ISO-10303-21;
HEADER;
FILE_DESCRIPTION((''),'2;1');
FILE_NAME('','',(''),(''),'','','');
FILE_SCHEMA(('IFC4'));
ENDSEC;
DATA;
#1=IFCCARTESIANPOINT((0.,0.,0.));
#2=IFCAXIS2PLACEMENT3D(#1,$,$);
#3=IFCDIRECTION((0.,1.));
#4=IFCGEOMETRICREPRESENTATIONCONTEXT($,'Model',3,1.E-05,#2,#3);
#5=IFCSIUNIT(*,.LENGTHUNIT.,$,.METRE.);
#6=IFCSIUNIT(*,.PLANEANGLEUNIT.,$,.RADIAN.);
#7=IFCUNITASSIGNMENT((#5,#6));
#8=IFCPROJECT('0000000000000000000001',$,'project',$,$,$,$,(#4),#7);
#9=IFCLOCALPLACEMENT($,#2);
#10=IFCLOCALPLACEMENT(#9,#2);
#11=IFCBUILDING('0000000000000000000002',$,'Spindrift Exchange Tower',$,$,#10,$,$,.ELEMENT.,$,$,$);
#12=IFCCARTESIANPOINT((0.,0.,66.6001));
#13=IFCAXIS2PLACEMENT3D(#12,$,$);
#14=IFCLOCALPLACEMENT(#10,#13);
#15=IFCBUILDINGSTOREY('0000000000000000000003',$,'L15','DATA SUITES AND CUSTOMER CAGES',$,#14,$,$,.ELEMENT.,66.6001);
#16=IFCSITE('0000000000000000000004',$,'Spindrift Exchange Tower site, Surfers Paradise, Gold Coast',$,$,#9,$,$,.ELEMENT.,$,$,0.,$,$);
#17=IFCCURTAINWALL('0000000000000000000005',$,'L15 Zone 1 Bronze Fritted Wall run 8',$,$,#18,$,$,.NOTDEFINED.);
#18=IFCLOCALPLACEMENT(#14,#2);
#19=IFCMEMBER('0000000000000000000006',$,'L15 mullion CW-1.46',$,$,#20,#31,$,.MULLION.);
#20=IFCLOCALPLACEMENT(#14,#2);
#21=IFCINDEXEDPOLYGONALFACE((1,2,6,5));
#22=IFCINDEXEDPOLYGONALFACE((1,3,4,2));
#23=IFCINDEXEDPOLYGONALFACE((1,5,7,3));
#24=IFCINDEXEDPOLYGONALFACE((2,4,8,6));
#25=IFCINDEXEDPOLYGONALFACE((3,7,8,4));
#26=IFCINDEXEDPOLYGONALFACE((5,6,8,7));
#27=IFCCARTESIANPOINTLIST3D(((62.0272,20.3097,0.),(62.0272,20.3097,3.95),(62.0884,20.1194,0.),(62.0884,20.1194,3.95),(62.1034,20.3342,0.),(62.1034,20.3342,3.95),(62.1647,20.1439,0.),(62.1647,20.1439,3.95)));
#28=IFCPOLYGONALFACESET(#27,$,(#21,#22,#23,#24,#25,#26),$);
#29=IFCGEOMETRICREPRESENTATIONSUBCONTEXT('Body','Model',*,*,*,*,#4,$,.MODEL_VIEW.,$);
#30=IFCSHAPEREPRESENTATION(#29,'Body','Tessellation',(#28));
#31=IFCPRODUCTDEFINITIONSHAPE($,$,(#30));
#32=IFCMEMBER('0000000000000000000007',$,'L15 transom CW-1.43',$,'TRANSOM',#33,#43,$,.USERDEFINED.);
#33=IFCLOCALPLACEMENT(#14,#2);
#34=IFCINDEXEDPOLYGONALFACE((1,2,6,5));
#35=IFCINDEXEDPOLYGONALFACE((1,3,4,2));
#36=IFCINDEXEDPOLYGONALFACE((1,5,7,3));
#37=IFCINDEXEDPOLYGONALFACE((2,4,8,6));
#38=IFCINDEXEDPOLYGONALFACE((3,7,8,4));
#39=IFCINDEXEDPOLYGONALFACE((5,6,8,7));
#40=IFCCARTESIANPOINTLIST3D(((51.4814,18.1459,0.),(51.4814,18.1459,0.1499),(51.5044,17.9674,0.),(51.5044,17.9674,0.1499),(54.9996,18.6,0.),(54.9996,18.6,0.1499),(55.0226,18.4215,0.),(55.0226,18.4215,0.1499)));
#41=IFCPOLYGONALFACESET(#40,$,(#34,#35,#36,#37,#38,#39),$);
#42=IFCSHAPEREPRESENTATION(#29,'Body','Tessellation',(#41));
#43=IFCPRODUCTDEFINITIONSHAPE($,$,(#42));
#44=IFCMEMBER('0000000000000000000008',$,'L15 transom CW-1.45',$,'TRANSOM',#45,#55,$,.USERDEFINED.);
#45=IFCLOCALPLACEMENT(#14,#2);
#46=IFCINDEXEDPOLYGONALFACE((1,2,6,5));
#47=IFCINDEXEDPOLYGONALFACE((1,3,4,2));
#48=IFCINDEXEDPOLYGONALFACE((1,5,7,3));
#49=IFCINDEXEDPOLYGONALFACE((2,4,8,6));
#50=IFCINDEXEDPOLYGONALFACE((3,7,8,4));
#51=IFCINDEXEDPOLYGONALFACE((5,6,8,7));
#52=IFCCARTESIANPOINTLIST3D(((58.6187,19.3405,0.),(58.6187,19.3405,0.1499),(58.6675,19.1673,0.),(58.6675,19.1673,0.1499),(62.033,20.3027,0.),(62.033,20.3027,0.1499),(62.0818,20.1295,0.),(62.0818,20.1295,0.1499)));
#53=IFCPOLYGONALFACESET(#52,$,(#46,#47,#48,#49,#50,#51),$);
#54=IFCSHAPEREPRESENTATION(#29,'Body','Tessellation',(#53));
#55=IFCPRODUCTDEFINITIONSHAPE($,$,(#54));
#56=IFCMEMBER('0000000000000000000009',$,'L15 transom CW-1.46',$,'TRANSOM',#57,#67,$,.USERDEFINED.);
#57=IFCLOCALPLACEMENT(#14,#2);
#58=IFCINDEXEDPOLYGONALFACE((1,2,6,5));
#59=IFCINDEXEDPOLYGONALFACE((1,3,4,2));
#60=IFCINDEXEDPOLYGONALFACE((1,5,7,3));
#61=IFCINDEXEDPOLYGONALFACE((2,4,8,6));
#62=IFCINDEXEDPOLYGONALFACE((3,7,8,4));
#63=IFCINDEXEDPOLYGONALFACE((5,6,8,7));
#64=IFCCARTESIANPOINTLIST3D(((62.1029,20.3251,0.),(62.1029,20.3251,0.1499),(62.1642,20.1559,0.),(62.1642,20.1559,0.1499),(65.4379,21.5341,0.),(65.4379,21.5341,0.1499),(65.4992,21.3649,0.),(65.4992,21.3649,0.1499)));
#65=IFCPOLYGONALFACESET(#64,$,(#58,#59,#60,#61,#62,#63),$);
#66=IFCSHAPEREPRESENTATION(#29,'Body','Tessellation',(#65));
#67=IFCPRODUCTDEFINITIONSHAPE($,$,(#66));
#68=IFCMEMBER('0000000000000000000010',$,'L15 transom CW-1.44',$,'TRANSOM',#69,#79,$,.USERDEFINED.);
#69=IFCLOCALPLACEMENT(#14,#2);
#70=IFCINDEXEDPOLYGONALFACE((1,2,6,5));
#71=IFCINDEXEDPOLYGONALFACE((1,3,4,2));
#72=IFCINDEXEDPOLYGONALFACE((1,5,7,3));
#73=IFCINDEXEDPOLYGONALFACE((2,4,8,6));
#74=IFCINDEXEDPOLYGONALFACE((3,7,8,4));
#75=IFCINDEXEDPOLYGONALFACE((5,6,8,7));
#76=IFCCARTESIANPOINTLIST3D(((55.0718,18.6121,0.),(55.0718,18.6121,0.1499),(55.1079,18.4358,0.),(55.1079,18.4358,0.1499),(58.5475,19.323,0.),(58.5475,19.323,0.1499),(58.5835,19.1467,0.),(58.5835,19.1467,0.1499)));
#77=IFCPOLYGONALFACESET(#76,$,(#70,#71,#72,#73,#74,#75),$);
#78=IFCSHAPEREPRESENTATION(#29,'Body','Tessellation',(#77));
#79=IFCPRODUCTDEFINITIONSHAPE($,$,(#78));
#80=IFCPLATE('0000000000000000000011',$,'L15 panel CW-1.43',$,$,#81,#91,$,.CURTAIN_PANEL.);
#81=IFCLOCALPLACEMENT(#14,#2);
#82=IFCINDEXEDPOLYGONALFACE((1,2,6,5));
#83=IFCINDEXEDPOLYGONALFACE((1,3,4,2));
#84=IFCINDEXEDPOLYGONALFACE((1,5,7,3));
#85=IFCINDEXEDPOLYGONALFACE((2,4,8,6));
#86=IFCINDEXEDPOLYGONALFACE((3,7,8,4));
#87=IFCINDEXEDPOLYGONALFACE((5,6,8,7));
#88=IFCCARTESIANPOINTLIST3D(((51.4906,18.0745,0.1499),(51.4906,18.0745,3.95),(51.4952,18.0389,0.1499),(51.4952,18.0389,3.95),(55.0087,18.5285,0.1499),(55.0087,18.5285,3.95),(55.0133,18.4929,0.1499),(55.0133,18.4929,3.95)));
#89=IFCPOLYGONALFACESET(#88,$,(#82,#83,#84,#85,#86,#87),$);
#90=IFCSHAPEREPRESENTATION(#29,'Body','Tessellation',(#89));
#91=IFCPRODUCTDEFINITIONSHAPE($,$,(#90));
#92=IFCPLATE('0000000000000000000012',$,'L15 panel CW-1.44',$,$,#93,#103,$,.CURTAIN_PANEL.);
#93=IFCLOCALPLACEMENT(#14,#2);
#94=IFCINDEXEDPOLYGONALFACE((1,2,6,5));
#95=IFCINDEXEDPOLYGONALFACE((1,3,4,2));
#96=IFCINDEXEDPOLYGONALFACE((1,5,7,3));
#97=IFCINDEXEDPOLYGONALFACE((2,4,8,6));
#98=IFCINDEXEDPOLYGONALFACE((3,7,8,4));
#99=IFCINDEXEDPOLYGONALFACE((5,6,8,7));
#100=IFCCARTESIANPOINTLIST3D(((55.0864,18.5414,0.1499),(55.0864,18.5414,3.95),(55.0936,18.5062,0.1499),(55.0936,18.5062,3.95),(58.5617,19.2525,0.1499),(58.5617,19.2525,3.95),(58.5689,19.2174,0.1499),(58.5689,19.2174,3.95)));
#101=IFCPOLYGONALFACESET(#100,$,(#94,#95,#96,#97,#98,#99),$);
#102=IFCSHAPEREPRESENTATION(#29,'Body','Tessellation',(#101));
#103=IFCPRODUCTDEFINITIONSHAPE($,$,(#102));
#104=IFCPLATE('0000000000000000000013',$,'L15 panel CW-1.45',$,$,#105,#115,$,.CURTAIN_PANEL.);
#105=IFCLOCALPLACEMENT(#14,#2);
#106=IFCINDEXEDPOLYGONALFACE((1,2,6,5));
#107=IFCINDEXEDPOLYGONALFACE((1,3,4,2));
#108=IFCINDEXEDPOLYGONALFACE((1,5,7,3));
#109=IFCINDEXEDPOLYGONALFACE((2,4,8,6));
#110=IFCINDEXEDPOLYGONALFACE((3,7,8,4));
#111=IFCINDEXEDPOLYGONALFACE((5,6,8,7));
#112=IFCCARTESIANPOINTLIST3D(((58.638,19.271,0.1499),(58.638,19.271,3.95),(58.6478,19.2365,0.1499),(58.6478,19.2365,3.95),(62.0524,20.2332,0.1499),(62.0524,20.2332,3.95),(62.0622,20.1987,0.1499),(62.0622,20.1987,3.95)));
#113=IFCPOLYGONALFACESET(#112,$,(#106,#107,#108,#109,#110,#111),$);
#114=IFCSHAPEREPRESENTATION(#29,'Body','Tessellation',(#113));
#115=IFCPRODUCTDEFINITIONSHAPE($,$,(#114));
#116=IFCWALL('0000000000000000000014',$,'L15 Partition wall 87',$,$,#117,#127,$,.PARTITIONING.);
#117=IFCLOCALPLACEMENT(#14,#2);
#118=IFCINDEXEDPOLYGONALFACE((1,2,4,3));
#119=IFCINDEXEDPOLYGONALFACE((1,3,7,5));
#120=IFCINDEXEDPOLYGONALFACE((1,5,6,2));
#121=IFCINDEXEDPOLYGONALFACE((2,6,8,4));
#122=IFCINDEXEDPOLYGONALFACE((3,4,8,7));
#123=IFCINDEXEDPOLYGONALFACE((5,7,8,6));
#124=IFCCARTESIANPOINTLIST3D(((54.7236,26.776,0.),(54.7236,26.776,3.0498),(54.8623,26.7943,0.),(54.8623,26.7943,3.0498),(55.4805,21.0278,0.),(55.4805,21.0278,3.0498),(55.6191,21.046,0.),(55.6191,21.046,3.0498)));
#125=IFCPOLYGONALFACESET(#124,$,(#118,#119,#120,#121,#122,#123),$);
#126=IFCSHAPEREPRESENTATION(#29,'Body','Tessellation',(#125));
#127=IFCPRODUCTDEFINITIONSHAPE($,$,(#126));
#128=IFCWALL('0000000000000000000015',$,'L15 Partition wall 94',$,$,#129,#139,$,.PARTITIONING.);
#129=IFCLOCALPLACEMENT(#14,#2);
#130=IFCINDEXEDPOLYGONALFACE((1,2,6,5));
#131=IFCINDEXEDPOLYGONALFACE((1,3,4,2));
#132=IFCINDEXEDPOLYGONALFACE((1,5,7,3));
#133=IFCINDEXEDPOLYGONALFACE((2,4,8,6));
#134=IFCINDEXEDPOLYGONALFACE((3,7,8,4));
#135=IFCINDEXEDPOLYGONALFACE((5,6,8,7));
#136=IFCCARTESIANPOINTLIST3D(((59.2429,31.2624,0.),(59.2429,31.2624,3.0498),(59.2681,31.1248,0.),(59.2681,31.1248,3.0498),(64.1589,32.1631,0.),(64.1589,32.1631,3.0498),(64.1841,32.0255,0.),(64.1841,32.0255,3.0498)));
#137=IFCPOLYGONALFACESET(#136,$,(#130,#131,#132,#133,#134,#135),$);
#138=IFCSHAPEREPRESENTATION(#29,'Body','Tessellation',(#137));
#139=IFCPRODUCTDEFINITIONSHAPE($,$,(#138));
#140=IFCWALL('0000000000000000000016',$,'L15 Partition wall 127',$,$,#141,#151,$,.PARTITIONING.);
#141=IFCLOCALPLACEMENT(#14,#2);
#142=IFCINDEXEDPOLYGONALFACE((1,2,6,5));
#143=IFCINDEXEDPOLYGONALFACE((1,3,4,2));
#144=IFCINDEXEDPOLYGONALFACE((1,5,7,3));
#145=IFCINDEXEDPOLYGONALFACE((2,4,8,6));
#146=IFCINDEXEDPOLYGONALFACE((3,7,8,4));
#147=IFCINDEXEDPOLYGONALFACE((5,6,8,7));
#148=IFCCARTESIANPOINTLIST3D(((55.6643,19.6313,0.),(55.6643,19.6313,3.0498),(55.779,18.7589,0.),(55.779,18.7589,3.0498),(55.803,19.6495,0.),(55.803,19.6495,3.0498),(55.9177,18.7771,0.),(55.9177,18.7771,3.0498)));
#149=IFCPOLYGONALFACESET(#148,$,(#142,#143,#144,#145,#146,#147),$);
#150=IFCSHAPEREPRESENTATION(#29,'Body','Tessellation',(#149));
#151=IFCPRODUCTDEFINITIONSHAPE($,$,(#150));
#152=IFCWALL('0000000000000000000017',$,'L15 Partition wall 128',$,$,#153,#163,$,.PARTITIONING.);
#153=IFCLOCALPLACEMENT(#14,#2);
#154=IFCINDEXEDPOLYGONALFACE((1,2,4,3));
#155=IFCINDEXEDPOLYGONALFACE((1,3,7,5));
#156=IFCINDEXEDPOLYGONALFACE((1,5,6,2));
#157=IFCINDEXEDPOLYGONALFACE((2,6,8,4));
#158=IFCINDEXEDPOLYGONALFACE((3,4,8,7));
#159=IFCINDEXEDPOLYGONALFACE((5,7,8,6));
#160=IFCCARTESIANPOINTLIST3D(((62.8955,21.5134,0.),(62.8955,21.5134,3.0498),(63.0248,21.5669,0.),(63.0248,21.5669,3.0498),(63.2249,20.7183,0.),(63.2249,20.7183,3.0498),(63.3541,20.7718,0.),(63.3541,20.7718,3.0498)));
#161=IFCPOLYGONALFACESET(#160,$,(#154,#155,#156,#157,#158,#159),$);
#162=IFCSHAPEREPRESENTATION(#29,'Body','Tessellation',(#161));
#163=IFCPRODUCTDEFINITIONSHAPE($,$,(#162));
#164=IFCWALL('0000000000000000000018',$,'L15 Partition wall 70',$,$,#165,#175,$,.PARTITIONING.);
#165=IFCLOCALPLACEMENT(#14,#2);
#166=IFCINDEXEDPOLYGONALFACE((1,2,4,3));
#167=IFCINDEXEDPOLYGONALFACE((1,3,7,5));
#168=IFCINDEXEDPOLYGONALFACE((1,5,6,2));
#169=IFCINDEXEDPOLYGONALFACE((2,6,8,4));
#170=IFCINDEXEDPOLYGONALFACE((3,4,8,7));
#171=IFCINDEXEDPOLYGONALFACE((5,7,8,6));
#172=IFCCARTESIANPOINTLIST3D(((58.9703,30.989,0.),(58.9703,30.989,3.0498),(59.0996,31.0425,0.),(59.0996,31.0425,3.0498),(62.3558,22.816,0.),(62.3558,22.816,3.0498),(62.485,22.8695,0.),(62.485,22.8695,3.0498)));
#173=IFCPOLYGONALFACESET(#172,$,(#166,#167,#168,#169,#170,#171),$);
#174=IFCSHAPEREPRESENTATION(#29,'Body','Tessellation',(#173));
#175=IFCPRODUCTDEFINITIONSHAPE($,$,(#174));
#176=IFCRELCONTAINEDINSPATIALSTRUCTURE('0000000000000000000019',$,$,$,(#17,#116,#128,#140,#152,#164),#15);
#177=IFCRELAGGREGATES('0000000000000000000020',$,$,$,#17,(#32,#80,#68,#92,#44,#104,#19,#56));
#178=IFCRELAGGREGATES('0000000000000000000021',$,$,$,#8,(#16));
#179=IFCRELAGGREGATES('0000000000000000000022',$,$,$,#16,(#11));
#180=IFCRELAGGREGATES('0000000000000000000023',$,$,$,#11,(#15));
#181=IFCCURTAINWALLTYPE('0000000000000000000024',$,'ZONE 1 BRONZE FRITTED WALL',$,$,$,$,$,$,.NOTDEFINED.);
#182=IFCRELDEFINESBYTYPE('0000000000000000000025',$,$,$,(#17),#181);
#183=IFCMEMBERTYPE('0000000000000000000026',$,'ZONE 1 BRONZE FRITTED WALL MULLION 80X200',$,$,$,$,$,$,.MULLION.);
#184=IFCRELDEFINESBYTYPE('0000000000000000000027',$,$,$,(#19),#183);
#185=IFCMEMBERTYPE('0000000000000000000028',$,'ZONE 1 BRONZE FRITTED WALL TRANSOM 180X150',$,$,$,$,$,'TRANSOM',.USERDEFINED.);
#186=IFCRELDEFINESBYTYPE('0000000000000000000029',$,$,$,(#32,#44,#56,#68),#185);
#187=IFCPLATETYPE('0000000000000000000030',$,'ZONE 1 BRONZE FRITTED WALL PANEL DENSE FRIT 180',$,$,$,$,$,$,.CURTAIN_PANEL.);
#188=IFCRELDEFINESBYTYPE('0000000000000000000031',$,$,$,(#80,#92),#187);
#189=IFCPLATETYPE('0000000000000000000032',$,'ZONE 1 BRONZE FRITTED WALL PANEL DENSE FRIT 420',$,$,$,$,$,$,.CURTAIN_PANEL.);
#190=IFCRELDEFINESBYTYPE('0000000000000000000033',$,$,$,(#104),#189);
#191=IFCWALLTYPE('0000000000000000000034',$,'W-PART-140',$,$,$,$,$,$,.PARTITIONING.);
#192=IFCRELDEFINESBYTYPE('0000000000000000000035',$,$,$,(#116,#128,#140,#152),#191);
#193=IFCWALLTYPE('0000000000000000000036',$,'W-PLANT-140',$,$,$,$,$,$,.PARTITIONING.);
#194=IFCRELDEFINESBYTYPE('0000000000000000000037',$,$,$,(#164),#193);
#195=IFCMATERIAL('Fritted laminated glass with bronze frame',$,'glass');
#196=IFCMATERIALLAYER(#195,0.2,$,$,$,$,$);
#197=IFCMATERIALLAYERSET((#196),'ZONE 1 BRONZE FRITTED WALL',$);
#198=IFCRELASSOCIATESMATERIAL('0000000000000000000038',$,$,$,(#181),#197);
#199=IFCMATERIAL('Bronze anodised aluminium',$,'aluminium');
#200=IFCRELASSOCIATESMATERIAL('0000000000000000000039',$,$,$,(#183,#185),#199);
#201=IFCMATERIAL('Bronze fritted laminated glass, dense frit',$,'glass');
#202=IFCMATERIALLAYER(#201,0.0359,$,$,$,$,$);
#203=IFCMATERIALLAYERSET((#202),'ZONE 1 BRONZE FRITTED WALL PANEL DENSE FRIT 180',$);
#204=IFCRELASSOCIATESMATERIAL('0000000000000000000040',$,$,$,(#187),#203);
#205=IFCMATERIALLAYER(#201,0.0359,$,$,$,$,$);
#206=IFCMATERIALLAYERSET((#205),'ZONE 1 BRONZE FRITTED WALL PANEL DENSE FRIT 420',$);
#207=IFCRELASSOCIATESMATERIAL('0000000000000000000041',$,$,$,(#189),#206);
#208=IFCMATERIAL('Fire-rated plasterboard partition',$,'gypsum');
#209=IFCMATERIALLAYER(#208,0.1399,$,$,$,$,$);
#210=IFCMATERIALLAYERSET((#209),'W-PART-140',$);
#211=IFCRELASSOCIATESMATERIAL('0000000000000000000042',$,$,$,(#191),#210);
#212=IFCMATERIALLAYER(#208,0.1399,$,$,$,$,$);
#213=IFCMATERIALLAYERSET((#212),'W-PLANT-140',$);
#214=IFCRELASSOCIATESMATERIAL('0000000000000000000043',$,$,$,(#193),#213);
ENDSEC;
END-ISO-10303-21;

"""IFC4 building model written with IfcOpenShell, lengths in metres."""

from ifc_helpers import new_model, si_unit, direction, frame, frame_2d, origin, origin_2d, place, context, subcontext, project, spatial, rectangle, extrude, source, transform, mapped, material, layer, layer_set, material_profile, profile_set, type_object, element, aggregate, save


model = new_model("IFC4")

# Units and contexts
model_context = context("Model", 3, precision=1e-05, world=origin(), true_north=direction((0.0, 1.0)))
body_context = subcontext(model_context, "Body", "Model", "MODEL_VIEW")
ifc_project = project(units=[si_unit("LENGTHUNIT", "METRE"), si_unit("PLANEANGLEUNIT", "RADIAN")], contexts=[model_context])

# Site, building, storey
site_placement = place(None, origin())
site = spatial("IfcSite", under=ifc_project, at=site_placement, Name="Spindrift Exchange Tower site, Surfers Paradise, Gold Coast", CompositionType="ELEMENT", RefElevation=0.0)
building_placement = place(site_placement, origin())
building = spatial("IfcBuilding", under=site, at=building_placement, Name="Spindrift Exchange Tower", CompositionType="ELEMENT")
storey_placement = place(building_placement, frame((0.0, 0.0, 66.6001)))
storey = spatial("IfcBuildingStorey", under=building, at=storey_placement, Name="L15", Description="DATA SUITES AND CUSTOMER CAGES", CompositionType="ELEMENT", Elevation=66.6001)

# Curtain wall, members, plates
ifc_material_1 = material(Name="Fritted laminated glass with bronze frame", Category="glass")
ifc_layer_1 = layer(ifc_material_1, 0.2)
ifc_layer_set_1 = layer_set([ifc_layer_1], Name="ZONE 1 BRONZE FRITTED WALL")
curtain_wall_type = type_object("IfcCurtainWallType", Name="ZONE 1 BRONZE FRITTED WALL", PredefinedType="NOTDEFINED", material=ifc_layer_set_1)
curtain_wall_placement = place(storey_placement, origin())
curtain_wall = element("IfcCurtainWall", 1, at=curtain_wall_placement, inside=storey, type_object=curtain_wall_type, Name="L15 Zone 1 Bronze Fritted Wall run 8", PredefinedType="NOTDEFINED")
ifc_material_2 = material(Name="Bronze anodised aluminium", Category="aluminium")
ifc_material_profile_1 = material_profile(ifc_material_2, rectangle(XDim=0.0801, YDim=0.2, at=origin_2d()), Name="ZONE 1 BRONZE FRITTED WALL MULLION 80X200")
ifc_profile_set_1 = profile_set([ifc_material_profile_1], Name="Bronze anodised aluminium")
member_type_1 = type_object("IfcMemberType", Name="ZONE 1 BRONZE FRITTED WALL MULLION 80X200", PredefinedType="MULLION", material=ifc_profile_set_1)
shared_shape_1 = source(origin(), body_context, "Body", "SweptSolid", [
    extrude(rectangle(XDim=0.0801, YDim=0.2, at=origin_2d()), origin(), (0.0, 0.0, 1.0), 3.95),
])
member_1_placement = place(storey_placement, frame((62.0959, 20.2268, 0.0), z_axis=(0.0, 0.0, 1.0), x_axis=(0.951956, 0.306233, 0.0)))
member_1 = element("IfcMember", 2, at=member_1_placement, type_object=member_type_1, Name="L15 mullion CW-1.46", PredefinedType="MULLION", context=body_context, shape_type="MappedRepresentation", body=[
    mapped(shared_shape_1, transform((0.0, 0.0, 0.0), scale=1.0)),
])
ifc_material_profile_2 = material_profile(ifc_material_2, rectangle(XDim=0.1799, YDim=0.1499, at=origin_2d()), Name="ZONE 1 BRONZE FRITTED WALL TRANSOM 180X150")
ifc_profile_set_2 = profile_set([ifc_material_profile_2], Name="Bronze anodised aluminium")
member_type_2 = type_object("IfcMemberType", Name="ZONE 1 BRONZE FRITTED WALL TRANSOM 180X150", ElementType="TRANSOM", PredefinedType="USERDEFINED", material=ifc_profile_set_2)
shared_shape_2 = source(origin(), body_context, "Body", "SweptSolid", [
    extrude(rectangle(XDim=0.1799, YDim=0.1499, at=origin_2d()), origin(), (0.0, 0.0, 1.0), 3.5474),
])
member_2_placement = place(storey_placement, frame((51.4929, 18.0566, 0.075), z_axis=(0.991772, 0.128015, 0.0), x_axis=(-0.128015, 0.991772, 0.0)))
member_2 = element("IfcMember", 3, at=member_2_placement, type_object=member_type_2, Name="L15 transom CW-1.43", ObjectType="TRANSOM", PredefinedType="USERDEFINED", context=body_context, shape_type="MappedRepresentation", body=[
    mapped(shared_shape_2, transform((0.0, 0.0, 0.0), scale=1.0)),
])
member_3_placement = place(storey_placement, frame((58.6431, 19.2539, 0.075), z_axis=(0.962512, 0.271238, 0.0), x_axis=(-0.271238, 0.962512, 0.0)))
member_3 = element("IfcMember", 4, at=member_3_placement, type_object=member_type_2, Name="L15 transom CW-1.45", ObjectType="TRANSOM", PredefinedType="USERDEFINED", context=body_context, shape_type="MappedRepresentation", body=[
    mapped(shared_shape_2, transform((0.0, 0.0, 0.0), scale=1.0)),
])
member_4_placement = place(storey_placement, frame((62.1335, 20.2405, 0.075), z_axis=(0.940131, 0.340815, 0.0), x_axis=(-0.340815, 0.940131, 0.0)))
member_4 = element("IfcMember", 5, at=member_4_placement, type_object=member_type_2, Name="L15 transom CW-1.46", ObjectType="TRANSOM", PredefinedType="USERDEFINED", context=body_context, shape_type="MappedRepresentation", body=[
    mapped(shared_shape_2, transform((0.0, 0.0, 0.0), scale=1.0)),
])
shared_shape_3 = source(origin(), body_context, "Body", "SweptSolid", [
    extrude(rectangle(XDim=0.1799, YDim=0.1499, at=origin_2d()), origin(), (0.0, 0.0, 1.0), 3.5476),
])
member_5_placement = place(storey_placement, frame((55.0898, 18.5239, 0.075), z_axis=(0.979714, 0.200402, 0.0), x_axis=(-0.200402, 0.979714, 0.0)))
member_5 = element("IfcMember", 6, at=member_5_placement, type_object=member_type_2, Name="L15 transom CW-1.44", ObjectType="TRANSOM", PredefinedType="USERDEFINED", context=body_context, shape_type="MappedRepresentation", body=[
    mapped(shared_shape_3, transform((0.0, 0.0, 0.0), scale=1.0)),
])
ifc_material_3 = material(Name="Bronze fritted laminated glass, dense frit", Category="glass")
ifc_layer_2 = layer(ifc_material_3, 0.0359)
ifc_layer_set_2 = layer_set([ifc_layer_2], Name="ZONE 1 BRONZE FRITTED WALL PANEL DENSE FRIT 180")
plate_type_1 = type_object("IfcPlateType", Name="ZONE 1 BRONZE FRITTED WALL PANEL DENSE FRIT 180", PredefinedType="CURTAIN_PANEL", material=ifc_layer_set_2)
shared_shape_4 = source(origin(), body_context, "Body", "SweptSolid", [
    extrude(rectangle(XDim=3.5474, YDim=0.0359, at=origin_2d()), origin(), (0.0, 0.0, 1.0), 3.8),
])
plate_1_placement = place(storey_placement, frame((53.252, 18.2837, 0.1499), z_axis=(0.0, 0.0, 1.0), x_axis=(0.991774, 0.127999, 0.0)))
plate_1 = element("IfcPlate", 7, at=plate_1_placement, type_object=plate_type_1, Name="L15 panel CW-1.43", PredefinedType="CURTAIN_PANEL", context=body_context, shape_type="MappedRepresentation", body=[
    mapped(shared_shape_4, transform((0.0, 0.0, 0.0), scale=1.0)),
])
plate_2_placement = place(storey_placement, frame((56.8276, 18.8794, 0.1499), z_axis=(0.0, 0.0, 1.0), x_axis=(0.979699, 0.200473, 0.0)))
plate_2 = element("IfcPlate", 8, at=plate_2_placement, type_object=plate_type_1, Name="L15 panel CW-1.44", PredefinedType="CURTAIN_PANEL", context=body_context, shape_type="MappedRepresentation", body=[
    mapped(shared_shape_4, transform((0.0, 0.0, 0.0), scale=1.0)),
])
ifc_layer_3 = layer(ifc_material_3, 0.0359)
ifc_layer_set_3 = layer_set([ifc_layer_3], Name="ZONE 1 BRONZE FRITTED WALL PANEL DENSE FRIT 420")
plate_type_2 = type_object("IfcPlateType", Name="ZONE 1 BRONZE FRITTED WALL PANEL DENSE FRIT 420", PredefinedType="CURTAIN_PANEL", material=ifc_layer_set_3)
shared_shape_5 = source(origin(), body_context, "Body", "SweptSolid", [
    extrude(rectangle(XDim=3.5474, YDim=0.0359, at=origin_2d()), origin(), (0.0, 0.0, 1.0), 3.8),
])
plate_3_placement = place(storey_placement, frame((60.3501, 19.7349, 0.1499), z_axis=(0.0, 0.0, 1.0), x_axis=(0.962511, 0.271242, 0.0)))
plate_3 = element("IfcPlate", 9, at=plate_3_placement, type_object=plate_type_2, Name="L15 panel CW-1.45", PredefinedType="CURTAIN_PANEL", context=body_context, shape_type="MappedRepresentation", body=[
    mapped(shared_shape_5, transform((0.0, 0.0, 0.0), scale=1.0)),
])
aggregate(curtain_wall, [member_2, plate_1, member_5, plate_2, member_3, plate_3, member_1, member_4])

# Walls
ifc_material_4 = material(Name="Fire-rated plasterboard partition", Category="gypsum")
ifc_layer_4 = layer(ifc_material_4, 0.1399)
ifc_layer_set_4 = layer_set([ifc_layer_4], Name="W-PART-140")
wall_type_1 = type_object("IfcWallType", Name="W-PART-140", PredefinedType="PARTITIONING", material=ifc_layer_set_4)
wall_1_placement = place(storey_placement, frame((54.793, 26.7852, 0.0), z_axis=(0.0, 0.0, 1.0), x_axis=(0.130536, -0.991444, 0.0)))
element("IfcWall", 10, at=wall_1_placement, inside=storey, type_object=wall_type_1, Name="L15 Partition wall 87", PredefinedType="PARTITIONING", context=body_context, shape_type="SweptSolid", body=[
    extrude(rectangle(XDim=5.7979, YDim=0.1399, at=frame_2d((2.8989, 0.0))), origin(), (0.0, 0.0, 1.0), 3.0498),
])
wall_2_placement = place(storey_placement, frame((59.2554, 31.1936, 0.0), z_axis=(0.0, 0.0, 1.0), x_axis=(0.983629, 0.180205, 0.0)))
element("IfcWall", 11, at=wall_2_placement, inside=storey, type_object=wall_type_1, Name="L15 Partition wall 94", PredefinedType="PARTITIONING", context=body_context, shape_type="SweptSolid", body=[
    extrude(rectangle(XDim=4.9978, YDim=0.1399, at=frame_2d((2.499, 0.0))), origin(), (0.0, 0.0, 1.0), 3.0498),
])
wall_3_placement = place(storey_placement, frame((55.7336, 19.6404, 0.0), z_axis=(0.0, 0.0, 1.0), x_axis=(0.130419, -0.991459, 0.0)))
element("IfcWall", 12, at=wall_3_placement, inside=storey, type_object=wall_type_1, Name="L15 Partition wall 127", PredefinedType="PARTITIONING", context=body_context, shape_type="SweptSolid", body=[
    extrude(rectangle(XDim=0.8799, YDim=0.1399, at=frame_2d((0.4399, 0.0))), origin(), (0.0, 0.0, 1.0), 3.0498),
])
wall_4_placement = place(storey_placement, frame((62.9602, 21.54, 0.0), z_axis=(0.0, 0.0, 1.0), x_axis=(0.382661, -0.923889, 0.0)))
element("IfcWall", 13, at=wall_4_placement, inside=storey, type_object=wall_type_1, Name="L15 Partition wall 128", PredefinedType="PARTITIONING", context=body_context, shape_type="SweptSolid", body=[
    extrude(rectangle(XDim=0.8606, YDim=0.1399, at=frame_2d((0.4302, 0.0))), origin(), (0.0, 0.0, 1.0), 3.0498),
])
ifc_layer_5 = layer(ifc_material_4, 0.1399)
ifc_layer_set_5 = layer_set([ifc_layer_5], Name="W-PLANT-140")
wall_type_2 = type_object("IfcWallType", Name="W-PLANT-140", PredefinedType="PARTITIONING", material=ifc_layer_set_5)
wall_5_placement = place(storey_placement, frame((59.0349, 31.0159, 0.0), z_axis=(0.0, 0.0, 1.0), x_axis=(0.382692, -0.923876, 0.0)))
element("IfcWall", 14, at=wall_5_placement, inside=storey, type_object=wall_type_2, Name="L15 Partition wall 70", PredefinedType="PARTITIONING", context=body_context, shape_type="SweptSolid", body=[
    extrude(rectangle(XDim=8.8464, YDim=0.1399, at=frame_2d((4.4233, 0.0))), origin(), (0.0, 0.0, 1.0), 3.0498),
])

save(model, "model.ifc")
